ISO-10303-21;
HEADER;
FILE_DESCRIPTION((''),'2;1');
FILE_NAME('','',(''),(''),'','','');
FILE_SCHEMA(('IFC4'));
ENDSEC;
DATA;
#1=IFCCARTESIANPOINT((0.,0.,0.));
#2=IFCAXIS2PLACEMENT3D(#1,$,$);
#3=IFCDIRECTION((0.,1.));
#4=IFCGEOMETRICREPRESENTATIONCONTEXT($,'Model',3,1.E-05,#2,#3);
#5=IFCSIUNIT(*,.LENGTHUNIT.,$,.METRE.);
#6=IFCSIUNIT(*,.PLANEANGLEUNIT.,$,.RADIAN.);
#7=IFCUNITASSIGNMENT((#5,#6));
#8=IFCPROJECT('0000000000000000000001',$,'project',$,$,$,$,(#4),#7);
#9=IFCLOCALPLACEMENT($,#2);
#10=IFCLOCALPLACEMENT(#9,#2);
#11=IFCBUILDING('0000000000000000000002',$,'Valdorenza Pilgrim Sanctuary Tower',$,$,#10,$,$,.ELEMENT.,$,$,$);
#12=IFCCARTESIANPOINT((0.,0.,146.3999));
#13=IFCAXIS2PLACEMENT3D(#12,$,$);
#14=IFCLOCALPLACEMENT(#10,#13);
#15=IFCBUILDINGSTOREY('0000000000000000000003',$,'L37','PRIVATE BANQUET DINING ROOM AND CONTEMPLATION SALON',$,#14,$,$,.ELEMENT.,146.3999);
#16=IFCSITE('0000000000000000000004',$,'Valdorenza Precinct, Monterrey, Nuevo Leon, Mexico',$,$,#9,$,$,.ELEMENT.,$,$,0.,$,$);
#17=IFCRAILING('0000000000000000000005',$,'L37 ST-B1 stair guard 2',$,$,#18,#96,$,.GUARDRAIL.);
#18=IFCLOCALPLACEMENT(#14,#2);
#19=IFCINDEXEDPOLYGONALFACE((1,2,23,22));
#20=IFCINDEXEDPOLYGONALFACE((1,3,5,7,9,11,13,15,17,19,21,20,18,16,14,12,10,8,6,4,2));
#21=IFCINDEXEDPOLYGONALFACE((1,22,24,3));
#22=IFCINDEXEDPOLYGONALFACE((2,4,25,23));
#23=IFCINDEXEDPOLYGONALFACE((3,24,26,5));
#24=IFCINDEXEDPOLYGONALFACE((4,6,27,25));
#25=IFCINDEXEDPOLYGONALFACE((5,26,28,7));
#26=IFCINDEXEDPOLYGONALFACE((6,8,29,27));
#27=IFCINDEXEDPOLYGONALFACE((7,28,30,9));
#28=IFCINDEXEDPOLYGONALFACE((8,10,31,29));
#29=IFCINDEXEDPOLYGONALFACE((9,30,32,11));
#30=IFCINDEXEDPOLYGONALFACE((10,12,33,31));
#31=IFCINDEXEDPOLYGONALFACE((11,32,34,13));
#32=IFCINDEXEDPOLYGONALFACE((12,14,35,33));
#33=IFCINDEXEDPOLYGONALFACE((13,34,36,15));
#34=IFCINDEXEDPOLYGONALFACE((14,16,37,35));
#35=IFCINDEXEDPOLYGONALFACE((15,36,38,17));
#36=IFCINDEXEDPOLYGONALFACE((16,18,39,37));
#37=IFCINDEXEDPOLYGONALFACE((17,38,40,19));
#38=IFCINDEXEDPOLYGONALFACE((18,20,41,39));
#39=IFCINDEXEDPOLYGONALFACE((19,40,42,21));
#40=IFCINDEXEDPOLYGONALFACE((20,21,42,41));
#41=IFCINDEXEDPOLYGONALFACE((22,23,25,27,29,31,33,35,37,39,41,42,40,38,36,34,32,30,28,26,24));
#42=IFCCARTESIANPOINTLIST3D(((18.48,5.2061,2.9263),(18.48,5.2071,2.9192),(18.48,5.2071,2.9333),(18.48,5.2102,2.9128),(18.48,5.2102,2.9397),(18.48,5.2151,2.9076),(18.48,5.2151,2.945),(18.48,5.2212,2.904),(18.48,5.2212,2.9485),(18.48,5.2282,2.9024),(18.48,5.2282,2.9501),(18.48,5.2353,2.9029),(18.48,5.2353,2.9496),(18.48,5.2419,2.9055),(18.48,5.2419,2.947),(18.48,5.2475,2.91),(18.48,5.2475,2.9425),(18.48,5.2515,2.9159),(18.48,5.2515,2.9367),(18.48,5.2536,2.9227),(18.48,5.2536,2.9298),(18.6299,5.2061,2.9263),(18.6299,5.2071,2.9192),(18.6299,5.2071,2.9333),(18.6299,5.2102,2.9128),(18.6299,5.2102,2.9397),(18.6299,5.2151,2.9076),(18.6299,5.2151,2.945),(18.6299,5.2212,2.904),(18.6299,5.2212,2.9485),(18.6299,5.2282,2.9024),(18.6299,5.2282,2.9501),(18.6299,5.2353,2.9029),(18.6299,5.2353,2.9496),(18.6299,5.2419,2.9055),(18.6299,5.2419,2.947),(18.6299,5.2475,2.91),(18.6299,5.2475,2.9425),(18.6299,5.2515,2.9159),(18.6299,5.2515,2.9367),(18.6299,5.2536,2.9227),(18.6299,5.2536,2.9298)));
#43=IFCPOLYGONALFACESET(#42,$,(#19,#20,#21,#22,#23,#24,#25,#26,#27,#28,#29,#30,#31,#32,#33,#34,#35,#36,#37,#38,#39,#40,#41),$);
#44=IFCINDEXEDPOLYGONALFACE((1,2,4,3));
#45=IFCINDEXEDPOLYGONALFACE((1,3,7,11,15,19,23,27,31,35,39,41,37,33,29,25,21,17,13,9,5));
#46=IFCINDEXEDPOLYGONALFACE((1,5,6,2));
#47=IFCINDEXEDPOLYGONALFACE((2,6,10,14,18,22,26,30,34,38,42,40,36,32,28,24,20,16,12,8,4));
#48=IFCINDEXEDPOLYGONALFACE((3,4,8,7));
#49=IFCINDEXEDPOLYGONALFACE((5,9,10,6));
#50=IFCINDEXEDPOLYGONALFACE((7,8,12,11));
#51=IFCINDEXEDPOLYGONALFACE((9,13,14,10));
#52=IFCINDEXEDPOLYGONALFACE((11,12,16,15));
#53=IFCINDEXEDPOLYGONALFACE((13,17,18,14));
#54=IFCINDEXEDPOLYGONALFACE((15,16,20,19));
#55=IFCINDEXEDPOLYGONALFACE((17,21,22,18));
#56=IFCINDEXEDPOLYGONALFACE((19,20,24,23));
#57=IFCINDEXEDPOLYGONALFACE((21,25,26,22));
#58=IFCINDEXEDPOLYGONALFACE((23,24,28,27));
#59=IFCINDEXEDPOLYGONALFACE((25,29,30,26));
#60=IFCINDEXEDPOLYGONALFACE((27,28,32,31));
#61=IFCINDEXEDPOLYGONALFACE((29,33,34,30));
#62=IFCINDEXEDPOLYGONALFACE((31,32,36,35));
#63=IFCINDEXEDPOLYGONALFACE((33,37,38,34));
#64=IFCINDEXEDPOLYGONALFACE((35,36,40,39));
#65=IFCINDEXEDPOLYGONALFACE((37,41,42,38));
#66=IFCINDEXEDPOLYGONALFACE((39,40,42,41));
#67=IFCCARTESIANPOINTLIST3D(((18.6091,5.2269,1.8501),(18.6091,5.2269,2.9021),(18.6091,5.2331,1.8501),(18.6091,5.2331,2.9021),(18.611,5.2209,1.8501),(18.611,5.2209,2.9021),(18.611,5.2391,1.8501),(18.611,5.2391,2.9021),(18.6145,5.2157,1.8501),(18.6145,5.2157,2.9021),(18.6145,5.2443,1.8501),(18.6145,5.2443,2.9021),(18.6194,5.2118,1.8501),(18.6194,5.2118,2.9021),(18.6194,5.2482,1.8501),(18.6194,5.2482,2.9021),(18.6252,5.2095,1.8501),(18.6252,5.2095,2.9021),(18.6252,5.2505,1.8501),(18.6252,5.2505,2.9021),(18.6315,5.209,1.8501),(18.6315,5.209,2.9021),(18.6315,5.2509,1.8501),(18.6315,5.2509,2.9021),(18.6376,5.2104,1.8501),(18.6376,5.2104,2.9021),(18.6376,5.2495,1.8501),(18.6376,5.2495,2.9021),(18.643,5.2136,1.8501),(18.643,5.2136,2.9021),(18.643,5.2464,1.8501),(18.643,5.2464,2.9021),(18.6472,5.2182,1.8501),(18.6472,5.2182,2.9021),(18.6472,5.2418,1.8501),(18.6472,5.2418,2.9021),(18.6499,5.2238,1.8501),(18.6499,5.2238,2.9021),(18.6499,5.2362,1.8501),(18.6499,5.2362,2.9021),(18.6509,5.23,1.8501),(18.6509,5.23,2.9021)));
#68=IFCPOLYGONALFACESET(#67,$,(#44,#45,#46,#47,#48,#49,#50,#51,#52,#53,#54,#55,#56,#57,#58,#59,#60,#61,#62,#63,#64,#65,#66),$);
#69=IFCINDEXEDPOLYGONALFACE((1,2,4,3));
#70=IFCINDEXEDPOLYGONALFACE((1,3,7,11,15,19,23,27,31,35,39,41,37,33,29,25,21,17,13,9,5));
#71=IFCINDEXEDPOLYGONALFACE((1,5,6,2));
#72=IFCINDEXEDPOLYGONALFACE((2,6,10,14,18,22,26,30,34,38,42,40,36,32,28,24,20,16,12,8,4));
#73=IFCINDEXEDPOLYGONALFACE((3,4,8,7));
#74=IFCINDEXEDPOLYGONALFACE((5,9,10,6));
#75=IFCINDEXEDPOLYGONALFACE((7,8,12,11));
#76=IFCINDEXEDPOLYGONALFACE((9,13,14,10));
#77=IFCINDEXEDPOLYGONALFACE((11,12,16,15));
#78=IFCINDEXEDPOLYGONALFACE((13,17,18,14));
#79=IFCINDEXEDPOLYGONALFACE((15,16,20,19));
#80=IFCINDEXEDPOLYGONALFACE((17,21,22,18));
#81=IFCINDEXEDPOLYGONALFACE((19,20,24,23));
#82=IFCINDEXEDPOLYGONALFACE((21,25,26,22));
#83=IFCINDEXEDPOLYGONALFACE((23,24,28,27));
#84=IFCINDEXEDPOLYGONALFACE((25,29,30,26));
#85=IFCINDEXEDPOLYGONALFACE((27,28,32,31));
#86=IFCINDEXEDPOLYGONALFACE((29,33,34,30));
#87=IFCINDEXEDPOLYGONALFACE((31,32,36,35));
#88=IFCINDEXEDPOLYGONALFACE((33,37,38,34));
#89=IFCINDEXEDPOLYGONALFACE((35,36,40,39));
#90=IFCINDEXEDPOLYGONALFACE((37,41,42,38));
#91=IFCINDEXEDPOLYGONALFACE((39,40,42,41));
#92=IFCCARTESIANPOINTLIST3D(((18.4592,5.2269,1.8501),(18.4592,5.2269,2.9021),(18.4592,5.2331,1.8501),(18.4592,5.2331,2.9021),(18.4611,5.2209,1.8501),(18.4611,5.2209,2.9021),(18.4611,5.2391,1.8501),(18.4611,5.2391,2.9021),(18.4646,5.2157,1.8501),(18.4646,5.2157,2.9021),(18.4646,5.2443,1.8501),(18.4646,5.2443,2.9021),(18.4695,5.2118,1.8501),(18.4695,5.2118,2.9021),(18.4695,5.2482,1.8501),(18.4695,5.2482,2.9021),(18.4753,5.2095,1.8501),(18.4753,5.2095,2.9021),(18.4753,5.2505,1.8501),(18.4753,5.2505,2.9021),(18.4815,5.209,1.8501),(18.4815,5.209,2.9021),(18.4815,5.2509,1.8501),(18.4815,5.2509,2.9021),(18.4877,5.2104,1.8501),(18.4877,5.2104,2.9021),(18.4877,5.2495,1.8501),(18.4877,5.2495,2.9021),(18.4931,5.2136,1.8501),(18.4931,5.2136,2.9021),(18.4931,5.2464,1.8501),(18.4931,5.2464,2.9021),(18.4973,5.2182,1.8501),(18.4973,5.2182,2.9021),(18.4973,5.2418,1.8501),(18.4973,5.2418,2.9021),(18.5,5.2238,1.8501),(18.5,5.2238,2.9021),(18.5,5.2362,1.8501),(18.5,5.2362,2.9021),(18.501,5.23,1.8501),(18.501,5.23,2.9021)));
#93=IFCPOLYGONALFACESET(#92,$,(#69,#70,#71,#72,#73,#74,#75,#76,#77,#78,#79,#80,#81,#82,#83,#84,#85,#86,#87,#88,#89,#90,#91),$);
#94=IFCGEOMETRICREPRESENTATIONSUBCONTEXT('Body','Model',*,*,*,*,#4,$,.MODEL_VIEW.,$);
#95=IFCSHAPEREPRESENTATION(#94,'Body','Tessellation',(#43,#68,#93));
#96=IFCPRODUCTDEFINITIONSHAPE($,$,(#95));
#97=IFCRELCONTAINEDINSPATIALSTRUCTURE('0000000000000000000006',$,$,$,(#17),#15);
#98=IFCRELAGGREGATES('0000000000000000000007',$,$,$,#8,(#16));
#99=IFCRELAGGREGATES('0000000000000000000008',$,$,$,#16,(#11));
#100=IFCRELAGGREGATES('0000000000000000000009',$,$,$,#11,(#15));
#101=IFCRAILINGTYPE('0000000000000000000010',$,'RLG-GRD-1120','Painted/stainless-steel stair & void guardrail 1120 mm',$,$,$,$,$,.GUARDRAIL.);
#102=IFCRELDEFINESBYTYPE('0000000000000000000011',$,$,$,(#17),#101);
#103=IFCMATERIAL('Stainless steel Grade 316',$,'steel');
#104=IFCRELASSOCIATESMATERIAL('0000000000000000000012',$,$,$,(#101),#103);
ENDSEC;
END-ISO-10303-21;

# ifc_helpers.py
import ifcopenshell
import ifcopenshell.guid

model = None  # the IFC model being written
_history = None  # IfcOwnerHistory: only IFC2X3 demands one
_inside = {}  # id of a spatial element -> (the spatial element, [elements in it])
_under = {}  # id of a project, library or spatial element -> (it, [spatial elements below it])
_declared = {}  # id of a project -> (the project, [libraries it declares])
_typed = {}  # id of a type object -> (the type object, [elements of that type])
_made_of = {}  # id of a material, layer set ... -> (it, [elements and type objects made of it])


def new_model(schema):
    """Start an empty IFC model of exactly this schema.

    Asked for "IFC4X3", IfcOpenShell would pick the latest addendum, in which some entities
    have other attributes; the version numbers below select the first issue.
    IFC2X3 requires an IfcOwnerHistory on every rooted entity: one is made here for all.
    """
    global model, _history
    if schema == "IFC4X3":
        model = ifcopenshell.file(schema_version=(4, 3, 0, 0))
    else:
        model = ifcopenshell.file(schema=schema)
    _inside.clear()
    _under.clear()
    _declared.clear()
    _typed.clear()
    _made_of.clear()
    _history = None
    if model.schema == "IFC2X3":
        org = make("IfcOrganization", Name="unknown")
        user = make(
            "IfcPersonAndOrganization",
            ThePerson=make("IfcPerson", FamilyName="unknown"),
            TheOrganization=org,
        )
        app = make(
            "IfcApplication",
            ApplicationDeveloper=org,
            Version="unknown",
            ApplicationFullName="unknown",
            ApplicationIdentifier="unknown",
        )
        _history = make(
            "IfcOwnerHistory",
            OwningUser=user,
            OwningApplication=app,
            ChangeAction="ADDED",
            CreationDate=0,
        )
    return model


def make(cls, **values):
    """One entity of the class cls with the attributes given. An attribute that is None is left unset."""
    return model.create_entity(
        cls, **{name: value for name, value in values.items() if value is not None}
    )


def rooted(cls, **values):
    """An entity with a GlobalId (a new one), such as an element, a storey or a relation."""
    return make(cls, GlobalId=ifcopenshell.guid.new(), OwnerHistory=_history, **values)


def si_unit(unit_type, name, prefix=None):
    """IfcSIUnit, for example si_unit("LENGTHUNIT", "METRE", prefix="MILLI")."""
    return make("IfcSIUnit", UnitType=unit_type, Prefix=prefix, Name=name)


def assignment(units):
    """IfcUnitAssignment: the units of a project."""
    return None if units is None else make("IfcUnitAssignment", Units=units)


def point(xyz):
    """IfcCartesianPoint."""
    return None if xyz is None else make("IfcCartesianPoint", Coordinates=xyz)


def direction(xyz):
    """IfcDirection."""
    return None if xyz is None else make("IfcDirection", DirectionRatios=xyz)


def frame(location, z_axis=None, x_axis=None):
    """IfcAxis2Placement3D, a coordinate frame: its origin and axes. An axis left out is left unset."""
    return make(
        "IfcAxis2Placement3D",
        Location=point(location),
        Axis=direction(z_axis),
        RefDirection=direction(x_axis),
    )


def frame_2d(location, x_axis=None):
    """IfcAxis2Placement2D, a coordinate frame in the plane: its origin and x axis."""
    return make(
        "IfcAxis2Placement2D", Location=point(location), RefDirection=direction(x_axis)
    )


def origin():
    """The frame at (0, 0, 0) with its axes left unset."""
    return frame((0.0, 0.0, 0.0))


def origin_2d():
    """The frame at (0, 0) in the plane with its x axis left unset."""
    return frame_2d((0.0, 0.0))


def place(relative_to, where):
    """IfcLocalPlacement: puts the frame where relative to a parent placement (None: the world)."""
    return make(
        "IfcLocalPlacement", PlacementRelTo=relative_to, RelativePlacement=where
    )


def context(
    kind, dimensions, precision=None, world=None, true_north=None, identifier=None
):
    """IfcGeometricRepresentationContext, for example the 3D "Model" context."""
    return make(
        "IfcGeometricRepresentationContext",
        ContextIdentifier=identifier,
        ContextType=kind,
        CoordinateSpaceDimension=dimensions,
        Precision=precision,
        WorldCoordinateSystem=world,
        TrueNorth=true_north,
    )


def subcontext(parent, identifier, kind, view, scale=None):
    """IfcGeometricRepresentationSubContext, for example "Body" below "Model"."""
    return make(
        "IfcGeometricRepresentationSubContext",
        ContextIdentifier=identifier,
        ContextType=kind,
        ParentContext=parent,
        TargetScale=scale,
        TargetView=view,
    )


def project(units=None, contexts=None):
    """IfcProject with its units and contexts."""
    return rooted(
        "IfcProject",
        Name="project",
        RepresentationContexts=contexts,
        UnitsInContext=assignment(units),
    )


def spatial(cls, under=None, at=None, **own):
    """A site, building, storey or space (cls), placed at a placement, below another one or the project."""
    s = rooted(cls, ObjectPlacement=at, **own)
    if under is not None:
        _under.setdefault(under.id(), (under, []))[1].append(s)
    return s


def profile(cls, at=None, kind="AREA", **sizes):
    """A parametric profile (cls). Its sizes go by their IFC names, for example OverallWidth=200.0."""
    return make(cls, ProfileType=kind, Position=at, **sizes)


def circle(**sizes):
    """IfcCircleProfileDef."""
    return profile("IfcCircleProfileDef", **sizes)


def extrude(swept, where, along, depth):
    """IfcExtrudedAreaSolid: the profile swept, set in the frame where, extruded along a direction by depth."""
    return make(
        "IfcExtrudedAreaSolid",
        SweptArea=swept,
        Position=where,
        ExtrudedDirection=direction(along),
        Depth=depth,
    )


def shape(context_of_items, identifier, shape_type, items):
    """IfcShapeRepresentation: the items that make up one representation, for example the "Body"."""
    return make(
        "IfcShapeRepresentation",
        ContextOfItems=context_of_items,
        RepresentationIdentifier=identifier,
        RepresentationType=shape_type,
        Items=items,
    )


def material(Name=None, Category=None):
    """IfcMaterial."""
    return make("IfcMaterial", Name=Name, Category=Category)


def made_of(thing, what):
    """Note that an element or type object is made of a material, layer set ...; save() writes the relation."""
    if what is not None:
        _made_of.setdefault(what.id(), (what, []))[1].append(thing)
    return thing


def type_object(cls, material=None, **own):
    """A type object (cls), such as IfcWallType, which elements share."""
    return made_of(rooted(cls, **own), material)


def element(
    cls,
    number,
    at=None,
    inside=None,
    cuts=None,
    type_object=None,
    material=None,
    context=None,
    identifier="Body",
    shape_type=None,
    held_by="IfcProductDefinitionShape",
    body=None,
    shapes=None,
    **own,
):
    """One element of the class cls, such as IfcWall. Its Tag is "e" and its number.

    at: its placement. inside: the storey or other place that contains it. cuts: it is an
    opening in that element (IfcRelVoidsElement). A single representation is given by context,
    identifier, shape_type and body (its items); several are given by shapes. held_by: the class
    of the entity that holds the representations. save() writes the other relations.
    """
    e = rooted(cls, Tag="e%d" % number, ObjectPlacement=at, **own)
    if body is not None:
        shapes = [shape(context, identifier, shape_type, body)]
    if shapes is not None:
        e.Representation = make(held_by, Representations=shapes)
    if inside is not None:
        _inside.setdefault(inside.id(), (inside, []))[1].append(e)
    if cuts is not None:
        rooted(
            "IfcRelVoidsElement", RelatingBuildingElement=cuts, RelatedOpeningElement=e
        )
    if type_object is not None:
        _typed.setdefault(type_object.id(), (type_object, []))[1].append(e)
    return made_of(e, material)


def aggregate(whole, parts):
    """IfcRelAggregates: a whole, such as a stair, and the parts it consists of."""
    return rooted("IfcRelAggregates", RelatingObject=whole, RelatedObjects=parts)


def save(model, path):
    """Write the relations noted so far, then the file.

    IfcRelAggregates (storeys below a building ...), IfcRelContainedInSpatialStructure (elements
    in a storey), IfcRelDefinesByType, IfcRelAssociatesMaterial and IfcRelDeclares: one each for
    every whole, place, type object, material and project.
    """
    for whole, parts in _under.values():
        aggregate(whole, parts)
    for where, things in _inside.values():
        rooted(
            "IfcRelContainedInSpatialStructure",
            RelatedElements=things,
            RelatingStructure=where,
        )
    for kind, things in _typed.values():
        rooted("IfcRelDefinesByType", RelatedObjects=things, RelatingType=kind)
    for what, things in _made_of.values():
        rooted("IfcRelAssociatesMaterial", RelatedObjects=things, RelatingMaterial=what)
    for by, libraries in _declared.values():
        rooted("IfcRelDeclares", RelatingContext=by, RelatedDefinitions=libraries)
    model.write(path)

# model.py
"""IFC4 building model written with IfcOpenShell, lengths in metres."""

from ifc_helpers import new_model, si_unit, direction, frame, origin, origin_2d, place, context, subcontext, project, spatial, circle, extrude, material, type_object, element, save


model = new_model("IFC4")

# Units and contexts
model_context = context("Model", 3, precision=1e-05, world=origin(), true_north=direction((0.0, 1.0)))
body_context = subcontext(model_context, "Body", "Model", "MODEL_VIEW")
ifc_project = project(units=[si_unit("LENGTHUNIT", "METRE"), si_unit("PLANEANGLEUNIT", "RADIAN")], contexts=[model_context])

# Site, building, storey
site_placement = place(None, origin())
site = spatial("IfcSite", under=ifc_project, at=site_placement, Name="Valdorenza Precinct, Monterrey, Nuevo Leon, Mexico", CompositionType="ELEMENT", RefElevation=0.0)
building_placement = place(site_placement, origin())
building = spatial("IfcBuilding", under=site, at=building_placement, Name="Valdorenza Pilgrim Sanctuary Tower", CompositionType="ELEMENT")
storey_placement = place(building_placement, frame((0.0, 0.0, 146.3999)))
storey = spatial("IfcBuildingStorey", under=building, at=storey_placement, Name="L37", Description="PRIVATE BANQUET DINING ROOM AND CONTEMPLATION SALON", CompositionType="ELEMENT", Elevation=146.3999)

# Railing
ifc_material_1 = material(Name="Stainless steel Grade 316", Category="steel")
railing_type_1 = type_object("IfcRailingType", Name="RLG-GRD-1120", Description="Painted/stainless-steel stair & void guardrail 1120 mm", PredefinedType="GUARDRAIL", material=ifc_material_1)
railing_1_placement = place(storey_placement, frame((18.6299, 5.23, 1.8501)))
element("IfcRailing", 1, at=railing_1_placement, inside=storey, type_object=railing_type_1, Name="L37 ST-B1 stair guard 2", PredefinedType="GUARDRAIL", context=body_context, shape_type="SweptSolid", body=[
    extrude(circle(Radius=0.0239, at=origin_2d()), frame((0.0, 0.0, 1.0762), z_axis=(-1.0, 0.0, 0.0), x_axis=(0.0, -1.0, 0.0)), (0.0, 0.0, 1.0), 0.1499),
    extrude(circle(Radius=0.021, at=origin_2d()), origin(), (0.0, 0.0, 1.0), 1.052),
    extrude(circle(Radius=0.021, at=origin_2d()), frame((-0.1499, 0.0, 0.0)), (0.0, 0.0, 1.0), 1.052),
])

save(model, "model.ifc")
